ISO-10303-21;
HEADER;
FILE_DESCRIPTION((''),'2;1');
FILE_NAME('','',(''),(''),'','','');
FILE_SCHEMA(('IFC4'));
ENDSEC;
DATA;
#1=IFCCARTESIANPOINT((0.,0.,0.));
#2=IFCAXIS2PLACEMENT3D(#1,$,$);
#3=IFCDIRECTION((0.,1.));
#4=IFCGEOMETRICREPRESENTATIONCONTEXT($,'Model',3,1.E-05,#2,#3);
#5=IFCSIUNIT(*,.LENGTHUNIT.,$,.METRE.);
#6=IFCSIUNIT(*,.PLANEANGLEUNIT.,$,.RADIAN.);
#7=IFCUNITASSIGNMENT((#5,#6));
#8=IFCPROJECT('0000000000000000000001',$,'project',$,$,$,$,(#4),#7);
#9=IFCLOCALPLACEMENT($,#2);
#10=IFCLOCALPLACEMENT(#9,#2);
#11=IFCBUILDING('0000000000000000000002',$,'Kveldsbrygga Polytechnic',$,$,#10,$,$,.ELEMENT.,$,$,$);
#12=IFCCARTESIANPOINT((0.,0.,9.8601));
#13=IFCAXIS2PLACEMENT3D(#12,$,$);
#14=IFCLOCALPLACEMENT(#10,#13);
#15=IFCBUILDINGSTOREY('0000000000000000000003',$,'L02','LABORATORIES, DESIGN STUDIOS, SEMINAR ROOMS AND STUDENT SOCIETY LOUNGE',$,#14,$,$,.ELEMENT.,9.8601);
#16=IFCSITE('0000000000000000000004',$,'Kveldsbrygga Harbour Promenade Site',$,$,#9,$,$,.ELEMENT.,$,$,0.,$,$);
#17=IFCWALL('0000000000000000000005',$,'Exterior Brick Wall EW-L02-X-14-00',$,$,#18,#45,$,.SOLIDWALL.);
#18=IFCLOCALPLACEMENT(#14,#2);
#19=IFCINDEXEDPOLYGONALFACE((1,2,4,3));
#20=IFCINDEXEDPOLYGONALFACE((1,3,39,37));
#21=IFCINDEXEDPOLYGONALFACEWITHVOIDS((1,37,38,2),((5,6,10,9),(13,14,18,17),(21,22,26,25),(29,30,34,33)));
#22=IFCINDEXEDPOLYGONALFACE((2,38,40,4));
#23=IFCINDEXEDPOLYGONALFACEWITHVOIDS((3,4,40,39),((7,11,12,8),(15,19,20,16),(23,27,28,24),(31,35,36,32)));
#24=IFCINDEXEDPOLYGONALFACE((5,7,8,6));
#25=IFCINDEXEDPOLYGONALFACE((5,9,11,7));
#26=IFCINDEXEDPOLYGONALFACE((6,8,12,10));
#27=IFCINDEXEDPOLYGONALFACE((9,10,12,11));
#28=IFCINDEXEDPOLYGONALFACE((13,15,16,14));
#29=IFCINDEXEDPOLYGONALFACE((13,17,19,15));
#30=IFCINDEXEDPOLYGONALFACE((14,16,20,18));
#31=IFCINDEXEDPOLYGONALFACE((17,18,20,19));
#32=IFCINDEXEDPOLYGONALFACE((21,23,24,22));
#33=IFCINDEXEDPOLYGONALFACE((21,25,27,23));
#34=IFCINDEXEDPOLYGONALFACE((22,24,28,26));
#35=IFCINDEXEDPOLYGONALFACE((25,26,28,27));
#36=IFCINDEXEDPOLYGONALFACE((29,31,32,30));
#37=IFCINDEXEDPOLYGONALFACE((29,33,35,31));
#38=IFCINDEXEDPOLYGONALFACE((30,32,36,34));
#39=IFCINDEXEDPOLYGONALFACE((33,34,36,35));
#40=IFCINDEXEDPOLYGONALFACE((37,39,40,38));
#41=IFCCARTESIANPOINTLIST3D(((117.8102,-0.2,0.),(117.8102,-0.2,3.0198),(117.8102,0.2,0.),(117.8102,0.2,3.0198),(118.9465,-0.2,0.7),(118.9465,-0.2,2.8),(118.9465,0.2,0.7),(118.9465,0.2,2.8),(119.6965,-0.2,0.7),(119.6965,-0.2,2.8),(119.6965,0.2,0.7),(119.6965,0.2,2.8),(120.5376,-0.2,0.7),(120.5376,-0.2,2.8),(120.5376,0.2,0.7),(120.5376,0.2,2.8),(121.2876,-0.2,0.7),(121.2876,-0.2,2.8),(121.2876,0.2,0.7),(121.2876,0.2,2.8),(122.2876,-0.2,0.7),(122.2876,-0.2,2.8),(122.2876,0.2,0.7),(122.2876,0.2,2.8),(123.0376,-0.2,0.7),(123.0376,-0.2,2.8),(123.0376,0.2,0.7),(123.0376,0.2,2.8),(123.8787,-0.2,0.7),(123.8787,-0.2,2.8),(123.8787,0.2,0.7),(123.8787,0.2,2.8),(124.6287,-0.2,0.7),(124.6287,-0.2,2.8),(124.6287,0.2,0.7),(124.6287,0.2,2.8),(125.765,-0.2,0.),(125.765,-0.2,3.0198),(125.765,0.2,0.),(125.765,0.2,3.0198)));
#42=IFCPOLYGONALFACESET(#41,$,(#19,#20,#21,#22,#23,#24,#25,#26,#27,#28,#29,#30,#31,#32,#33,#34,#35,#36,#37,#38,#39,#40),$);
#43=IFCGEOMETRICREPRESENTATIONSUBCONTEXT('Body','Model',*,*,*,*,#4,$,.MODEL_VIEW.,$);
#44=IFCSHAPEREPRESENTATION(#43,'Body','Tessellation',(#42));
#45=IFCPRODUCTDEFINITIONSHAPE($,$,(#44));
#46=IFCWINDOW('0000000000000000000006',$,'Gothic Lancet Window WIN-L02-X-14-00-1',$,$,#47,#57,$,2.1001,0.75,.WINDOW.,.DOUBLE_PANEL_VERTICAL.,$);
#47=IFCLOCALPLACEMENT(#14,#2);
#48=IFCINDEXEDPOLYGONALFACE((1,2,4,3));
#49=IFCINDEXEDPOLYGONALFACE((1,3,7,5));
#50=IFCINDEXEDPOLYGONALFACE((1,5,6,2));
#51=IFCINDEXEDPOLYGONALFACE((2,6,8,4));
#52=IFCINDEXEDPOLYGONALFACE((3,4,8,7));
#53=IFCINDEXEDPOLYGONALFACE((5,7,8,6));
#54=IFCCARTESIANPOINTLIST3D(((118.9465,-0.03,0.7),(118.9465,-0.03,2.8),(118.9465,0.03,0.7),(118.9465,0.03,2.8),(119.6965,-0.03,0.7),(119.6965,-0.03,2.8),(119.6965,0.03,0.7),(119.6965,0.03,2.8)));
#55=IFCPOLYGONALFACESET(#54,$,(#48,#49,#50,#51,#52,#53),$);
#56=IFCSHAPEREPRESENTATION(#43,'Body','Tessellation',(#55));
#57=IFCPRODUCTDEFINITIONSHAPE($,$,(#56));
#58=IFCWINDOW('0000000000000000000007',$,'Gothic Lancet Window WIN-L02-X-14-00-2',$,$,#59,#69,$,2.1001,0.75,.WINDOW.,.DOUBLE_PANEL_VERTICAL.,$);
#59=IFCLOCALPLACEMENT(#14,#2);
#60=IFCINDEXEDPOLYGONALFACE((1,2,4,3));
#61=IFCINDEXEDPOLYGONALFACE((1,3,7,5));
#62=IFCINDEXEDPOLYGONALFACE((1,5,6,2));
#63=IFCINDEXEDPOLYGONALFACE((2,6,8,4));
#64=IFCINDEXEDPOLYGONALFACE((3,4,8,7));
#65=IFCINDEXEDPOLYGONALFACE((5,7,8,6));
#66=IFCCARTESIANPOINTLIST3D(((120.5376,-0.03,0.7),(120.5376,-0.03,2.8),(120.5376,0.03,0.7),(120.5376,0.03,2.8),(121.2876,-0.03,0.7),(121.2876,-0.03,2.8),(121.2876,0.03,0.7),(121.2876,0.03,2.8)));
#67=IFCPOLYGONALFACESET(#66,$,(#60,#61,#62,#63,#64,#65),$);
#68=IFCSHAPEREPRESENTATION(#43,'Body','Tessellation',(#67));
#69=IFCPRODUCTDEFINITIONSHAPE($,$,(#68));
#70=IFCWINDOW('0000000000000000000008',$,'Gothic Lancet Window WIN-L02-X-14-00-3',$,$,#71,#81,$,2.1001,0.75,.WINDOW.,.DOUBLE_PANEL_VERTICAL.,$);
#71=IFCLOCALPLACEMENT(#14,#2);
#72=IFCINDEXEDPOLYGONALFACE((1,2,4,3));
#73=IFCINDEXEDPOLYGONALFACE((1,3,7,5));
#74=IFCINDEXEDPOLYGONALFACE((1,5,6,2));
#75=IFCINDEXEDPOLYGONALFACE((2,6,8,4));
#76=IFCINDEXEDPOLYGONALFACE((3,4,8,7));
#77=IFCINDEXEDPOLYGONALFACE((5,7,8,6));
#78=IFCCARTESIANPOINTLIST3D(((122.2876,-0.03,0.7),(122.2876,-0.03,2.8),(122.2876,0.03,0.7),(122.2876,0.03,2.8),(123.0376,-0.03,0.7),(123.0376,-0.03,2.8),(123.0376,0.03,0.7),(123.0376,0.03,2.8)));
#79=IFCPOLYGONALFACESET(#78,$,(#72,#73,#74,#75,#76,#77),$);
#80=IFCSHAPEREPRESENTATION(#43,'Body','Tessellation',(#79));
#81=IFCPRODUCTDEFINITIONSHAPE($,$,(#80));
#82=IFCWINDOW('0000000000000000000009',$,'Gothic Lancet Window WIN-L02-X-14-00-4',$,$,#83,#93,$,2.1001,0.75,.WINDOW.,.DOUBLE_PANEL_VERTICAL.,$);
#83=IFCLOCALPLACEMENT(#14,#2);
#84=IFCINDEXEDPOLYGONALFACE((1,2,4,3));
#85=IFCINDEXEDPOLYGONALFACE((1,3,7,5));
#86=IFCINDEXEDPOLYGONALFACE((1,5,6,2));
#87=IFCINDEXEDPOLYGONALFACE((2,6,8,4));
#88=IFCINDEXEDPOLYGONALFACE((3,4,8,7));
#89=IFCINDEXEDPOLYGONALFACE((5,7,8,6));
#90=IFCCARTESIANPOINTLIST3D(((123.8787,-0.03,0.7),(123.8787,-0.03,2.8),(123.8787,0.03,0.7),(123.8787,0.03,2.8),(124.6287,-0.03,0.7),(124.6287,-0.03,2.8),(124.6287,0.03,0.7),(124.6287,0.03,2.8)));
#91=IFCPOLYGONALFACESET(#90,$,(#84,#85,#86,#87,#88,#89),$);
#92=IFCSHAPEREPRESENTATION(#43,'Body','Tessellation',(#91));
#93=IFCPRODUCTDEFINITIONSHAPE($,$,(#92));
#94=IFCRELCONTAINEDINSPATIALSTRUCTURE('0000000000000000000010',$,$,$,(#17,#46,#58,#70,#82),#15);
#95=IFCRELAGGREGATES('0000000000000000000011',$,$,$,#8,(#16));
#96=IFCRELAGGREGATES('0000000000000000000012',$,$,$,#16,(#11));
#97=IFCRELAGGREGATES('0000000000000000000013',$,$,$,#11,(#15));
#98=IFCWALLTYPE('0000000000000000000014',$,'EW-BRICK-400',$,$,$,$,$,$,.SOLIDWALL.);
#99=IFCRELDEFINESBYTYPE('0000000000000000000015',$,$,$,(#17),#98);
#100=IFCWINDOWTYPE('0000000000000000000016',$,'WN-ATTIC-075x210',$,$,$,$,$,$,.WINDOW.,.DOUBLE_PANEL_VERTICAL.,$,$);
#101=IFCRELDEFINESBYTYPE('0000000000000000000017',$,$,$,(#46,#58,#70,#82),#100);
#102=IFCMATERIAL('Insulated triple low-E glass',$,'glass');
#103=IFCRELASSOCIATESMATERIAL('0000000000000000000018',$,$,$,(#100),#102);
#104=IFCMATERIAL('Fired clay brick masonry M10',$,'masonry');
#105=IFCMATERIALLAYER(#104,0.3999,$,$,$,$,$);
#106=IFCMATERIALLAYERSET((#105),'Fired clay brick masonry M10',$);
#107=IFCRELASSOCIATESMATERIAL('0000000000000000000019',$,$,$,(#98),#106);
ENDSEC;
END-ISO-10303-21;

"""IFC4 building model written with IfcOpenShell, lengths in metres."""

from ifc_helpers import new_model, si_unit, direction, frame, frame_2d, origin, place, context, subcontext, project, spatial, rectangle, extrude, material, layer, layer_set, type_object, element, fill, save


model = new_model("IFC4")

# Units and contexts
model_context = context("Model", 3, precision=1e-05, world=origin(), true_north=direction((0.0, 1.0)))
body_context = subcontext(model_context, "Body", "Model", "MODEL_VIEW")
ifc_project = project(units=[si_unit("LENGTHUNIT", "METRE"), si_unit("PLANEANGLEUNIT", "RADIAN")], contexts=[model_context])

# Site, building, storey
site_placement = place(None, origin())
site = spatial("IfcSite", under=ifc_project, at=site_placement, Name="Kveldsbrygga Harbour Promenade Site", CompositionType="ELEMENT", RefElevation=0.0)
building_placement = place(site_placement, origin())
building = spatial("IfcBuilding", under=site, at=building_placement, Name="Kveldsbrygga Polytechnic", CompositionType="ELEMENT")
storey_placement = place(building_placement, frame((0.0, 0.0, 9.8601)))
storey = spatial("IfcBuildingStorey", under=building, at=storey_placement, Name="L02", Description="LABORATORIES, DESIGN STUDIOS, SEMINAR ROOMS AND STUDENT SOCIETY LOUNGE", CompositionType="ELEMENT", Elevation=9.8601)

# Shared definitions
ifc_material_1 = material(Name="Insulated triple low-E glass", Category="glass")

# Wall, openings, windows
ifc_material_2 = material(Name="Fired clay brick masonry M10", Category="masonry")
window_type = type_object("IfcWindowType", Name="WN-ATTIC-075x210", PartitioningType="DOUBLE_PANEL_VERTICAL", PredefinedType="WINDOW", material=ifc_material_1)
ifc_layer_1 = layer(ifc_material_2, 0.3999)
ifc_layer_set_1 = layer_set([ifc_layer_1], Name="Fired clay brick masonry M10")
wall_type_1 = type_object("IfcWallType", Name="EW-BRICK-400", PredefinedType="SOLIDWALL", material=ifc_layer_set_1)
wall_1_placement = place(storey_placement, frame((117.8101, 0.0, 0.0), z_axis=(0.0, 0.0, 1.0), x_axis=(1.0, 0.0, 0.0)))
wall_1 = element("IfcWall", 1, at=wall_1_placement, inside=storey, type_object=wall_type_1, Name="Exterior Brick Wall EW-L02-X-14-00", PredefinedType="SOLIDWALL", context=body_context, shape_type="SweptSolid", body=[
    extrude(rectangle(XDim=7.9548, YDim=0.3999, at=frame_2d((3.9775, 0.0))), origin(), (0.0, 0.0, 1.0), 3.0198),
])
opening_1_placement = place(wall_1_placement, frame((1.1365, 0.0, 0.7)))
opening_1 = element("IfcOpeningElement", 2, at=opening_1_placement, cuts=wall_1, PredefinedType="OPENING", context=body_context, shape_type="SweptSolid", body=[
    extrude(rectangle(XDim=0.75, YDim=2.1001, at=frame_2d((0.375, 1.05))), frame((0.0, 0.21, 0.0), z_axis=(0.0, -1.0, 0.0), x_axis=(1.0, 0.0, 0.0)), (0.0, 0.0, 1.0), 0.4199),
])
opening_2_placement = place(wall_1_placement, frame((2.7275, 0.0, 0.7)))
opening_2 = element("IfcOpeningElement", 3, at=opening_2_placement, cuts=wall_1, PredefinedType="OPENING", context=body_context, shape_type="SweptSolid", body=[
    extrude(rectangle(XDim=0.75, YDim=2.1001, at=frame_2d((0.375, 1.05))), frame((0.0, 0.21, 0.0), z_axis=(0.0, -1.0, 0.0), x_axis=(1.0, 0.0, 0.0)), (0.0, 0.0, 1.0), 0.4199),
])
opening_3_placement = place(wall_1_placement, frame((4.4775, 0.0, 0.7)))
opening_3 = element("IfcOpeningElement", 4, at=opening_3_placement, cuts=wall_1, PredefinedType="OPENING", context=body_context, shape_type="SweptSolid", body=[
    extrude(rectangle(XDim=0.75, YDim=2.1001, at=frame_2d((0.375, 1.05))), frame((0.0, 0.21, 0.0), z_axis=(0.0, -1.0, 0.0), x_axis=(1.0, 0.0, 0.0)), (0.0, 0.0, 1.0), 0.4199),
])
opening_4_placement = place(wall_1_placement, frame((6.0686, 0.0, 0.7)))
opening_4 = element("IfcOpeningElement", 5, at=opening_4_placement, cuts=wall_1, PredefinedType="OPENING", context=body_context, shape_type="SweptSolid", body=[
    extrude(rectangle(XDim=0.75, YDim=2.1001, at=frame_2d((0.375, 1.05))), frame((0.0, 0.21, 0.0), z_axis=(0.0, -1.0, 0.0), x_axis=(1.0, 0.0, 0.0)), (0.0, 0.0, 1.0), 0.4199),
])
window_1_placement = place(opening_1_placement, origin())
window_1 = element("IfcWindow", 6, at=window_1_placement, inside=storey, type_object=window_type, Name="Gothic Lancet Window WIN-L02-X-14-00-1", OverallHeight=2.1001, OverallWidth=0.75, PartitioningType="DOUBLE_PANEL_VERTICAL", PredefinedType="WINDOW", context=body_context, shape_type="SweptSolid", body=[
    extrude(rectangle(XDim=0.75, YDim=2.1001, at=frame_2d((0.375, 1.05))), frame((0.0, 0.03, 0.0), z_axis=(0.0, -1.0, 0.0), x_axis=(1.0, 0.0, 0.0)), (0.0, 0.0, 1.0), 0.0601),
])
fill(opening_1, window_1)
window_2_placement = place(opening_2_placement, origin())
window_2 = element("IfcWindow", 7, at=window_2_placement, inside=storey, type_object=window_type, Name="Gothic Lancet Window WIN-L02-X-14-00-2", OverallHeight=2.1001, OverallWidth=0.75, PartitioningType="DOUBLE_PANEL_VERTICAL", PredefinedType="WINDOW", context=body_context, shape_type="SweptSolid", body=[
    extrude(rectangle(XDim=0.75, YDim=2.1001, at=frame_2d((0.375, 1.05))), frame((0.0, 0.03, 0.0), z_axis=(0.0, -1.0, 0.0), x_axis=(1.0, 0.0, 0.0)), (0.0, 0.0, 1.0), 0.0601),
])
fill(opening_2, window_2)
window_3_placement = place(opening_3_placement, origin())
window_3 = element("IfcWindow", 8, at=window_3_placement, inside=storey, type_object=window_type, Name="Gothic Lancet Window WIN-L02-X-14-00-3", OverallHeight=2.1001, OverallWidth=0.75, PartitioningType="DOUBLE_PANEL_VERTICAL", PredefinedType="WINDOW", context=body_context, shape_type="SweptSolid", body=[
    extrude(rectangle(XDim=0.75, YDim=2.1001, at=frame_2d((0.375, 1.05))), frame((0.0, 0.03, 0.0), z_axis=(0.0, -1.0, 0.0), x_axis=(1.0, 0.0, 0.0)), (0.0, 0.0, 1.0), 0.0601),
])
fill(opening_3, window_3)
window_4_placement = place(opening_4_placement, origin())
window_4 = element("IfcWindow", 9, at=window_4_placement, inside=storey, type_object=window_type, Name="Gothic Lancet Window WIN-L02-X-14-00-4", OverallHeight=2.1001, OverallWidth=0.75, PartitioningType="DOUBLE_PANEL_VERTICAL", PredefinedType="WINDOW", context=body_context, shape_type="SweptSolid", body=[
    extrude(rectangle(XDim=0.75, YDim=2.1001, at=frame_2d((0.375, 1.05))), frame((0.0, 0.03, 0.0), z_axis=(0.0, -1.0, 0.0), x_axis=(1.0, 0.0, 0.0)), (0.0, 0.0, 1.0), 0.0601),
])
fill(opening_4, window_4)

save(model, "model.ifc")
